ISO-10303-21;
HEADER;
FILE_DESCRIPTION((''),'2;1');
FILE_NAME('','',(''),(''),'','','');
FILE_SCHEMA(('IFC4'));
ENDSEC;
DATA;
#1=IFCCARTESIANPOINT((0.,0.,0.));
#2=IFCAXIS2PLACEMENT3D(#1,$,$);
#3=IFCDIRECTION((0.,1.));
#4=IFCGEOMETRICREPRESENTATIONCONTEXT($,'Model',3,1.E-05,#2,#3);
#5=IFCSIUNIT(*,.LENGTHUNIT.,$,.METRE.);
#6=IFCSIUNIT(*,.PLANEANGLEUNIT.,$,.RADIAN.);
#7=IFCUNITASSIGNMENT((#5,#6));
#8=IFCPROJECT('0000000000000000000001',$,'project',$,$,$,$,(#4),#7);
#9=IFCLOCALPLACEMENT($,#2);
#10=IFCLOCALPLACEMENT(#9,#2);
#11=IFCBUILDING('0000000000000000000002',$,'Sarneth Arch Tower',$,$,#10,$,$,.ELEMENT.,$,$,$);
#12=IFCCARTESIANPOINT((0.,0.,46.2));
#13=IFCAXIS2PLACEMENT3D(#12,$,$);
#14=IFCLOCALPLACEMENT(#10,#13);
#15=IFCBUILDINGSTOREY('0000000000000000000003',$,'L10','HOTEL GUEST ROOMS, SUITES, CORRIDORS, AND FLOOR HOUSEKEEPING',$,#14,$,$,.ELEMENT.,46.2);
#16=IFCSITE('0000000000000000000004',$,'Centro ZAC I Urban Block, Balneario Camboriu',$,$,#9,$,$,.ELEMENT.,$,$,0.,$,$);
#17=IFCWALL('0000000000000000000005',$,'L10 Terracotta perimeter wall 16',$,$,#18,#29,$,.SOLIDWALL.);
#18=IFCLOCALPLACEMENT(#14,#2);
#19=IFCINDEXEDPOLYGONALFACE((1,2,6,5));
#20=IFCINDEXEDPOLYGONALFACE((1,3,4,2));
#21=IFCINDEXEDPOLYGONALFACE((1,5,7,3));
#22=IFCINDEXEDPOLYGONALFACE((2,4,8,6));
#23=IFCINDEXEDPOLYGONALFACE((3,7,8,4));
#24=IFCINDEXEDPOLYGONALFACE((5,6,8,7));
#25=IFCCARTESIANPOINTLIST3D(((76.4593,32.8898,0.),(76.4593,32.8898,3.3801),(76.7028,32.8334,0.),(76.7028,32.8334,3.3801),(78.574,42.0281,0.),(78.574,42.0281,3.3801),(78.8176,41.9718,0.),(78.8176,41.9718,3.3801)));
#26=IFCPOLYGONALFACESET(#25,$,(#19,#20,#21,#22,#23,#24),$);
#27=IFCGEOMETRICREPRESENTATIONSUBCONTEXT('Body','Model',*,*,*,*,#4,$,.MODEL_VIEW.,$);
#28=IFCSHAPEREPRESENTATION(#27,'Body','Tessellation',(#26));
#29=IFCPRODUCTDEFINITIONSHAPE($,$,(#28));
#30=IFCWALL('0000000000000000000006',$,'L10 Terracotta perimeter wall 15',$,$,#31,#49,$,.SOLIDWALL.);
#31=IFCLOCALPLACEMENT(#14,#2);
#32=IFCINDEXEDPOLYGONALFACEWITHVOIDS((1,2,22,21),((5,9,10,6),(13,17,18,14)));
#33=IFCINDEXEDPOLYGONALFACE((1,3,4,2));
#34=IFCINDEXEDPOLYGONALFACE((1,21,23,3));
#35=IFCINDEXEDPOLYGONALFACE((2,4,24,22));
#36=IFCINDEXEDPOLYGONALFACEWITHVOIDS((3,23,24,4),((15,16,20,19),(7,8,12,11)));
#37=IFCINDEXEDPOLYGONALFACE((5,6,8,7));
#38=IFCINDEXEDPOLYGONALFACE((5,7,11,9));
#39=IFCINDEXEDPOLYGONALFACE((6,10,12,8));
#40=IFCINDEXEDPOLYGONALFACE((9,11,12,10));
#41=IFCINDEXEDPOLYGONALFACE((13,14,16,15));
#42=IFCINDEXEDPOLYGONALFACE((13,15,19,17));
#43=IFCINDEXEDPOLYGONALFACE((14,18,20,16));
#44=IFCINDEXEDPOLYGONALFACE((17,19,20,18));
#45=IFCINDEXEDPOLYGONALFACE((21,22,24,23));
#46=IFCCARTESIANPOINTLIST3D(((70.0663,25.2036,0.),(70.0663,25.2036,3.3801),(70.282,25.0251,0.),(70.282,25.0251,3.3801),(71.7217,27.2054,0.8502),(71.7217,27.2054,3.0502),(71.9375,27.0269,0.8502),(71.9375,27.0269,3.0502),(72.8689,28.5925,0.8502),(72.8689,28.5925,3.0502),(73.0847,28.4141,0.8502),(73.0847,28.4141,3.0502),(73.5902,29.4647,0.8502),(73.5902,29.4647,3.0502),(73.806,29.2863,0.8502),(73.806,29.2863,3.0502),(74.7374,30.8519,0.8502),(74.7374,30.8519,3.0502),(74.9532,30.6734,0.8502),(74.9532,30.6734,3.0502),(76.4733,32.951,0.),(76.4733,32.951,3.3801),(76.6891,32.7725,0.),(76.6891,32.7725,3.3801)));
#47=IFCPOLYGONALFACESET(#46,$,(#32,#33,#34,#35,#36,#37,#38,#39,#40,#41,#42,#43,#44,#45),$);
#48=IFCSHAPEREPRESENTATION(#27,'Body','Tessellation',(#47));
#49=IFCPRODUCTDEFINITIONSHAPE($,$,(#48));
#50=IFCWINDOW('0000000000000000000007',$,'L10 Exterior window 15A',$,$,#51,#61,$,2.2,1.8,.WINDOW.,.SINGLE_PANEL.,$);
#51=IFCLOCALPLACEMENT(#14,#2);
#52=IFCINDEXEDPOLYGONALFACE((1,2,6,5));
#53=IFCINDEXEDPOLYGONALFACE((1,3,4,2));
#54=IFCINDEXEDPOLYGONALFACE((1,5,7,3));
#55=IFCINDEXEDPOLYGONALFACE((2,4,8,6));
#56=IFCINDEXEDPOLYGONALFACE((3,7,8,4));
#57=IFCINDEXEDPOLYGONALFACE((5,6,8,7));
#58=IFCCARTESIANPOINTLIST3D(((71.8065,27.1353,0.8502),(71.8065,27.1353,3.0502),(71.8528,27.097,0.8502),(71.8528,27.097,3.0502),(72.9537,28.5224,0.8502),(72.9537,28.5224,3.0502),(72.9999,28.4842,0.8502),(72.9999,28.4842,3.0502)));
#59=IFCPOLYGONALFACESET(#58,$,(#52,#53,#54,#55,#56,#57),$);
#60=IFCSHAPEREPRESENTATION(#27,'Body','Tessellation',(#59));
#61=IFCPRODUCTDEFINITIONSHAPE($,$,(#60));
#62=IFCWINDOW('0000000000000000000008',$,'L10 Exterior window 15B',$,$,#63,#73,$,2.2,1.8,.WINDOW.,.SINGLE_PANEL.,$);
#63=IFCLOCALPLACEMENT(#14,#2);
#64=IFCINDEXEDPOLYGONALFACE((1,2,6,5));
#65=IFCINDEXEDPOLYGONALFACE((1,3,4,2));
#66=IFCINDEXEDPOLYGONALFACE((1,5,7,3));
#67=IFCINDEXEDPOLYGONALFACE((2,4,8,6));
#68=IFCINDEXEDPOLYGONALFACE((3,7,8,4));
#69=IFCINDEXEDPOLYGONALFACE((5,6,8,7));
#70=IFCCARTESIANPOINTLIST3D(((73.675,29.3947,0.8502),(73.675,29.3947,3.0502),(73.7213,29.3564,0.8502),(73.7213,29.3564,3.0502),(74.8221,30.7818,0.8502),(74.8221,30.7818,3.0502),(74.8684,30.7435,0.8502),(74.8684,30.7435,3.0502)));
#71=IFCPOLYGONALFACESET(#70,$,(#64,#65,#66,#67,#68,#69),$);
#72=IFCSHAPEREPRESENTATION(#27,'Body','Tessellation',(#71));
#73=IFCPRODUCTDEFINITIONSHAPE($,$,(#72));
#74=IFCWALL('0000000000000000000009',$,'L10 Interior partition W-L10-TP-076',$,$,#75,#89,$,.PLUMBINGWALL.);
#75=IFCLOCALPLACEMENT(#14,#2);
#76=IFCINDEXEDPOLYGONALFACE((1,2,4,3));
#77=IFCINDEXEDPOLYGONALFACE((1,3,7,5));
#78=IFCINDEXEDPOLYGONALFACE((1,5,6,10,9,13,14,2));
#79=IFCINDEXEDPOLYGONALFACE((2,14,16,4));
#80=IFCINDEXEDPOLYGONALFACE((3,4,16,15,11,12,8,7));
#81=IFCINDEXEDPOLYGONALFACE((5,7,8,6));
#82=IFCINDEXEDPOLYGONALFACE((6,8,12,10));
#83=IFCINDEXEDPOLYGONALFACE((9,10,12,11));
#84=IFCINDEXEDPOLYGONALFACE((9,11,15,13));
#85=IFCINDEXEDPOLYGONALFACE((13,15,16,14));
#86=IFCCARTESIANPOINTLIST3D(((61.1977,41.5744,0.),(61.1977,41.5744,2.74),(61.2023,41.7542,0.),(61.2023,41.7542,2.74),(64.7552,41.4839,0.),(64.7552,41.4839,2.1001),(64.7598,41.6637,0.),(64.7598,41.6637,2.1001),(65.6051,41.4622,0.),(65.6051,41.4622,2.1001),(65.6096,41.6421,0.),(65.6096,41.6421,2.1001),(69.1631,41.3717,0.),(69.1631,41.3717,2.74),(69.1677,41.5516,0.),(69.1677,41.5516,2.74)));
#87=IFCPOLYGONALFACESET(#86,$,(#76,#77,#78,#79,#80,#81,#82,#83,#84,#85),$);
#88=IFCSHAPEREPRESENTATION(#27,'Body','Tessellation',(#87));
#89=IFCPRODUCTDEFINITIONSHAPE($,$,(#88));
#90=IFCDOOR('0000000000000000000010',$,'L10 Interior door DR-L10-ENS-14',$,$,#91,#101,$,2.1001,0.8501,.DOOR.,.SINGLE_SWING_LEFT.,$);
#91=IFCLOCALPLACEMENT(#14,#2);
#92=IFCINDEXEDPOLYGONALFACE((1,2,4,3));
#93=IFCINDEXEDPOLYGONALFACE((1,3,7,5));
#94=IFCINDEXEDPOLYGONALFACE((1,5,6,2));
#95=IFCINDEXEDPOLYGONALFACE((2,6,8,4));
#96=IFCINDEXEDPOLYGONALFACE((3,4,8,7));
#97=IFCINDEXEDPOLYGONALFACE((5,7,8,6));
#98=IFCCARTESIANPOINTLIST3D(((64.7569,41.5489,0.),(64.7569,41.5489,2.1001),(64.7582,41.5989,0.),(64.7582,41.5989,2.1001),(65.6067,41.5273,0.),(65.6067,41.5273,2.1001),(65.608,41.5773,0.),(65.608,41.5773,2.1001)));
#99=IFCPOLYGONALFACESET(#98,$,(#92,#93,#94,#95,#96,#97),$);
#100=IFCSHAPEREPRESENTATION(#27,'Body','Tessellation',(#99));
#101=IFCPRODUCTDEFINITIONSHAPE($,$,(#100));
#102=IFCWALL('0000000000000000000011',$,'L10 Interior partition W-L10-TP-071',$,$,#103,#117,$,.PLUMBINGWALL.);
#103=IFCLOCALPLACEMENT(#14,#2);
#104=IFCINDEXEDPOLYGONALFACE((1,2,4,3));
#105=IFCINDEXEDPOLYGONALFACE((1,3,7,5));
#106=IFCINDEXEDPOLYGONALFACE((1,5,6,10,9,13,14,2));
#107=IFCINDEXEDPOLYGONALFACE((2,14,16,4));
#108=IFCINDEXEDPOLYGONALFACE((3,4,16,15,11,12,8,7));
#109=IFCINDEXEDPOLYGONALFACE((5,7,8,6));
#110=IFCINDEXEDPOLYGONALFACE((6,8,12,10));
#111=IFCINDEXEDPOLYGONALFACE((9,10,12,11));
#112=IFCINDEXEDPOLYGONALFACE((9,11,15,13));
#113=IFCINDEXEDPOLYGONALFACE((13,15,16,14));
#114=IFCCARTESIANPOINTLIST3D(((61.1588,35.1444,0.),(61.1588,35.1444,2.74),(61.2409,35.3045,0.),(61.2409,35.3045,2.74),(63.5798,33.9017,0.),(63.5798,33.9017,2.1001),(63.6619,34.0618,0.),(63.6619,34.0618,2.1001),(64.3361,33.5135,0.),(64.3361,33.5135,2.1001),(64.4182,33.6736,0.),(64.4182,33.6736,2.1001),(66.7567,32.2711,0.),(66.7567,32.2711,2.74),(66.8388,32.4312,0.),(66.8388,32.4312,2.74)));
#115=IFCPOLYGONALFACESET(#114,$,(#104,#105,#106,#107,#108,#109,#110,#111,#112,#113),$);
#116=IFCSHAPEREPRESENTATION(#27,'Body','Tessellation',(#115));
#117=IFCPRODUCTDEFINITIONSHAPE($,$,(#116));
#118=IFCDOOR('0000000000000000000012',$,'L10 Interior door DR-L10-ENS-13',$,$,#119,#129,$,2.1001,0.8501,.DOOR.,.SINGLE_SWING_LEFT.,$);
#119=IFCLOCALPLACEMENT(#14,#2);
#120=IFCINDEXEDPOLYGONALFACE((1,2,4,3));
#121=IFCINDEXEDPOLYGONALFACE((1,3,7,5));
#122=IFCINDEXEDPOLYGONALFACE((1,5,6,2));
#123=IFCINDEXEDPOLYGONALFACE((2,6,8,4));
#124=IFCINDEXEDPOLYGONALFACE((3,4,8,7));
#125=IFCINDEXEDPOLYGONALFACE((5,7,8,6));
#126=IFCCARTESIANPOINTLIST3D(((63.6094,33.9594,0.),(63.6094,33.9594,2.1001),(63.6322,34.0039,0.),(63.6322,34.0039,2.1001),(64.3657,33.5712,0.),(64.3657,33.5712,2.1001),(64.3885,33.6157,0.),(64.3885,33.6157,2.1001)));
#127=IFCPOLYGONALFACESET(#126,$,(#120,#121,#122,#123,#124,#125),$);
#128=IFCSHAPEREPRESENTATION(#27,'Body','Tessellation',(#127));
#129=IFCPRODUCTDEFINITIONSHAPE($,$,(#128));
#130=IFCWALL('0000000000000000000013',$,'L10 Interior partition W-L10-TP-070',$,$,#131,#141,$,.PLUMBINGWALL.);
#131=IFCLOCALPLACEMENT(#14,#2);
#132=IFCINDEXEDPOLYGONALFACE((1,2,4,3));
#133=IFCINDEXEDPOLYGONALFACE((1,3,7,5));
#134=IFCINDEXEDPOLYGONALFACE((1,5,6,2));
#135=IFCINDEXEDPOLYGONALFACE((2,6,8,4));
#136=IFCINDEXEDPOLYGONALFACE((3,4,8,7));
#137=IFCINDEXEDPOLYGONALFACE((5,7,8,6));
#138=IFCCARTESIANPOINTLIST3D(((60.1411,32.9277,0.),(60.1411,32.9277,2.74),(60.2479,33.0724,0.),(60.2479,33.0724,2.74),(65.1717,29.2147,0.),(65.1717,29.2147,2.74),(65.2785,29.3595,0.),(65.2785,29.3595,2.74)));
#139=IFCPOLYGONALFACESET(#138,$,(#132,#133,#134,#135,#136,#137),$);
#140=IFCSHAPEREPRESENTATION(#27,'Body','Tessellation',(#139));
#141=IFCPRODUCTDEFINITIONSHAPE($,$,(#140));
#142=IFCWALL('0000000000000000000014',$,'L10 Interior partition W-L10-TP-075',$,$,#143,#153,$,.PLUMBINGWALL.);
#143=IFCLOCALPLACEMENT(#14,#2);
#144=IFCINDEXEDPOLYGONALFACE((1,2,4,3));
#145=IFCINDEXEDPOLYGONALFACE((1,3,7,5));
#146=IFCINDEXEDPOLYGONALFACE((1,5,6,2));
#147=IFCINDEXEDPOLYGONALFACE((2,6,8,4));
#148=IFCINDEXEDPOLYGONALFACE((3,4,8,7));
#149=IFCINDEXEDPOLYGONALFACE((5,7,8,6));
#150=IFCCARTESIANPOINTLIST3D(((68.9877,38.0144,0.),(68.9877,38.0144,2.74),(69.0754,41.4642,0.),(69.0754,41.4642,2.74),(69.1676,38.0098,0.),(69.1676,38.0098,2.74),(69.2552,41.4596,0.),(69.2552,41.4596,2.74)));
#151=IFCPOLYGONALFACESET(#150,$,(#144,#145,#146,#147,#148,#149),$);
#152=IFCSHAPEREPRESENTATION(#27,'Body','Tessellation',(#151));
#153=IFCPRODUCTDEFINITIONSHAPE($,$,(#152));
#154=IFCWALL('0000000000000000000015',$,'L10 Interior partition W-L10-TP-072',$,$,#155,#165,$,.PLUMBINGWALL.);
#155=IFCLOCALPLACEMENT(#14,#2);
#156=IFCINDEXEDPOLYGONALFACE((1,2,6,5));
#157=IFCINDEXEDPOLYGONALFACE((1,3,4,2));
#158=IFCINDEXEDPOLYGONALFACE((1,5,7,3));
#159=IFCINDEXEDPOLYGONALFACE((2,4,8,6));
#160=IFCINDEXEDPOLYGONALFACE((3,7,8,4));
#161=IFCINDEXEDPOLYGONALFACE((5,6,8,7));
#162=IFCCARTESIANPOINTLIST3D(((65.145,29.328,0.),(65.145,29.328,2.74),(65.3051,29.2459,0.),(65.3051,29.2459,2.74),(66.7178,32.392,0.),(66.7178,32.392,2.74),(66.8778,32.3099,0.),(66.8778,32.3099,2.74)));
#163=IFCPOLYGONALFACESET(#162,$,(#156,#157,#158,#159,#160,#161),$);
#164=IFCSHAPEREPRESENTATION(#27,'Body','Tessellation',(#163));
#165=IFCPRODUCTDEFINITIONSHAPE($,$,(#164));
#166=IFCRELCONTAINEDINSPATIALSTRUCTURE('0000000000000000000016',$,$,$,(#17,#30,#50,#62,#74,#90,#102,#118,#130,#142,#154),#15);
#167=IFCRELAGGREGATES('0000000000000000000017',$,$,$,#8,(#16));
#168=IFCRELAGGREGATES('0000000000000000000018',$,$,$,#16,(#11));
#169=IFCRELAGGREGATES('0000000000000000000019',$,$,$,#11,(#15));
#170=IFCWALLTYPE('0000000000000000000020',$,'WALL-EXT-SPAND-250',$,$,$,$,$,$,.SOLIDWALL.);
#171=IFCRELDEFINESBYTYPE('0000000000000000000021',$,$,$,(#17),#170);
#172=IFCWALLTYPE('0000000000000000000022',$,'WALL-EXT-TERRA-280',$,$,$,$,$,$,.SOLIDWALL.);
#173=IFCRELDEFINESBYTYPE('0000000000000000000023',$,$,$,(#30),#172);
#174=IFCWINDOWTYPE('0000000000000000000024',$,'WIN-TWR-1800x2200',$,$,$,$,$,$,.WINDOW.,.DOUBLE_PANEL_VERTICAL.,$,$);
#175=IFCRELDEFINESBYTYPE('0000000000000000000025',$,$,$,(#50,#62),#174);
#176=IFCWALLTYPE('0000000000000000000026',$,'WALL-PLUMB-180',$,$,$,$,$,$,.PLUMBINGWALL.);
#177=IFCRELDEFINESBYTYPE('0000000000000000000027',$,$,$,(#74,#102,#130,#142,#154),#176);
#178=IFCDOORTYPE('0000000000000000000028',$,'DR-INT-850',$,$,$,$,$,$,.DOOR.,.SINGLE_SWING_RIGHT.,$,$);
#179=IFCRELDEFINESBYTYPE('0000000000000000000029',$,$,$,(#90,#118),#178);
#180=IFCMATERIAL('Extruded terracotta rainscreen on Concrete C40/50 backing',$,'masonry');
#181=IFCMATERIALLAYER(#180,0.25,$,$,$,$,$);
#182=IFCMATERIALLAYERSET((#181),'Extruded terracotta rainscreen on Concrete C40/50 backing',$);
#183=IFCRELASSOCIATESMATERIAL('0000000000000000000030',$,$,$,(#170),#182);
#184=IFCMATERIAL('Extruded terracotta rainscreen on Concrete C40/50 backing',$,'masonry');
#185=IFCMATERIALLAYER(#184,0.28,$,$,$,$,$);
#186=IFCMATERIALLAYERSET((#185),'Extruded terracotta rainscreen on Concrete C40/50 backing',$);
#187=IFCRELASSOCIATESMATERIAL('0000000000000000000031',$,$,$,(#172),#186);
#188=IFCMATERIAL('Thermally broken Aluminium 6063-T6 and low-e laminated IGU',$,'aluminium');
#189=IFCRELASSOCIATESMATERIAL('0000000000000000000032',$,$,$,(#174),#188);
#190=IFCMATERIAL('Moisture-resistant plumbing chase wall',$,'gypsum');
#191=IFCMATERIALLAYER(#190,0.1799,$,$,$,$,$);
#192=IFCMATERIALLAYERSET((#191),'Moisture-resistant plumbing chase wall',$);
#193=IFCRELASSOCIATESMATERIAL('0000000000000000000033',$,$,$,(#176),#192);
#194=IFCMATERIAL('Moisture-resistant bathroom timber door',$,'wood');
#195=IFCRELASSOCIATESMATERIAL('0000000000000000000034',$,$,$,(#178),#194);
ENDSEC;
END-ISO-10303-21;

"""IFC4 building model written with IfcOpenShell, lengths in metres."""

from ifc_helpers import new_model, si_unit, direction, frame, frame_2d, origin, place, context, subcontext, project, spatial, rectangle, extrude, material, layer, layer_set, type_object, element, fill, save


model = new_model("IFC4")

# Units and contexts
model_context = context("Model", 3, precision=1e-05, world=origin(), true_north=direction((0.0, 1.0)))
body_context = subcontext(model_context, "Body", "Model", "MODEL_VIEW")
ifc_project = project(units=[si_unit("LENGTHUNIT", "METRE"), si_unit("PLANEANGLEUNIT", "RADIAN")], contexts=[model_context])

# Site, building, storey
site_placement = place(None, origin())
site = spatial("IfcSite", under=ifc_project, at=site_placement, Name="Centro ZAC I Urban Block, Balneario Camboriu", CompositionType="ELEMENT", RefElevation=0.0)
building_placement = place(site_placement, origin())
building = spatial("IfcBuilding", under=site, at=building_placement, Name="Sarneth Arch Tower", CompositionType="ELEMENT")
storey_placement = place(building_placement, frame((0.0, 0.0, 46.2)))
storey = spatial("IfcBuildingStorey", under=building, at=storey_placement, Name="L10", Description="HOTEL GUEST ROOMS, SUITES, CORRIDORS, AND FLOOR HOUSEKEEPING", CompositionType="ELEMENT", Elevation=46.2)

# Wall
ifc_material_1 = material(Name="Extruded terracotta rainscreen on Concrete C40/50 backing", Category="masonry")
ifc_layer_1 = layer(ifc_material_1, 0.25)
ifc_layer_set_1 = layer_set([ifc_layer_1], Name="Extruded terracotta rainscreen on Concrete C40/50 backing")
wall_type_1 = type_object("IfcWallType", Name="WALL-EXT-SPAND-250", PredefinedType="SOLIDWALL", material=ifc_layer_set_1)
wall_1_placement = place(storey_placement, frame((76.5811, 32.8616, 0.0), z_axis=(0.0, 0.0, 1.0), x_axis=(0.225454, 0.974254, 0.0)))
element("IfcWall", 1, at=wall_1_placement, inside=storey, type_object=wall_type_1, Name="L10 Terracotta perimeter wall 16", PredefinedType="SOLIDWALL", context=body_context, shape_type="SweptSolid", body=[
    extrude(rectangle(XDim=9.3799, YDim=0.25, at=frame_2d((4.6899, 0.0))), origin(), (0.0, 0.0, 1.0), 3.3801),
])

# Wall, openings, windows
ifc_material_2 = material(Name="Extruded terracotta rainscreen on Concrete C40/50 backing", Category="masonry")
ifc_layer_2 = layer(ifc_material_2, 0.28)
ifc_layer_set_2 = layer_set([ifc_layer_2], Name="Extruded terracotta rainscreen on Concrete C40/50 backing")
wall_type_2 = type_object("IfcWallType", Name="WALL-EXT-TERRA-280", PredefinedType="SOLIDWALL", material=ifc_layer_set_2)
wall_2_placement = place(storey_placement, frame((70.1741, 25.1143, 0.0), z_axis=(0.0, 0.0, 1.0), x_axis=(0.637297, 0.770618, 0.0)))
wall_2 = element("IfcWall", 2, at=wall_2_placement, inside=storey, type_object=wall_type_2, Name="L10 Terracotta perimeter wall 15", PredefinedType="SOLIDWALL", context=body_context, shape_type="SweptSolid", body=[
    extrude(rectangle(XDim=10.0535, YDim=0.28, at=frame_2d((5.0269, 0.0))), origin(), (0.0, 0.0, 1.0), 3.3801),
])
opening_1_placement = place(wall_2_placement, frame((2.5979, 0.0, 0.8501)))
opening_1 = element("IfcOpeningElement", 3, at=opening_1_placement, cuts=wall_2, PredefinedType="OPENING", context=body_context, shape_type="SweptSolid", body=[
    extrude(rectangle(XDim=1.8, YDim=2.2, at=frame_2d((0.8999, 1.1001))), frame((0.0, 0.1499, 0.0), z_axis=(0.0, -1.0, 0.0), x_axis=(1.0, 0.0, 0.0)), (0.0, 0.0, 1.0), 0.3),
])
opening_2_placement = place(wall_2_placement, frame((5.5298, 0.0, 0.8501)))
opening_2 = element("IfcOpeningElement", 4, at=opening_2_placement, cuts=wall_2, PredefinedType="OPENING", context=body_context, shape_type="SweptSolid", body=[
    extrude(rectangle(XDim=1.8, YDim=2.2, at=frame_2d((0.8999, 1.1001))), frame((0.0, 0.1499, 0.0), z_axis=(0.0, -1.0, 0.0), x_axis=(1.0, 0.0, 0.0)), (0.0, 0.0, 1.0), 0.3),
])
ifc_material_3 = material(Name="Thermally broken Aluminium 6063-T6 and low-e laminated IGU", Category="aluminium")
window_type = type_object("IfcWindowType", Name="WIN-TWR-1800x2200", PartitioningType="DOUBLE_PANEL_VERTICAL", PredefinedType="WINDOW", material=ifc_material_3)
window_1_placement = place(opening_1_placement, origin())
window_1 = element("IfcWindow", 5, at=window_1_placement, inside=storey, type_object=window_type, Name="L10 Exterior window 15A", OverallHeight=2.2, OverallWidth=1.8, PartitioningType="SINGLE_PANEL", PredefinedType="WINDOW", context=body_context, shape_type="SweptSolid", body=[
    extrude(rectangle(XDim=1.8, YDim=2.2, at=frame_2d((0.8999, 1.1001))), frame((0.0, 0.03, 0.0), z_axis=(0.0, -1.0, 0.0), x_axis=(1.0, 0.0, 0.0)), (0.0, 0.0, 1.0), 0.0601),
])
fill(opening_1, window_1)
window_2_placement = place(opening_2_placement, origin())
window_2 = element("IfcWindow", 6, at=window_2_placement, inside=storey, type_object=window_type, Name="L10 Exterior window 15B", OverallHeight=2.2, OverallWidth=1.8, PartitioningType="SINGLE_PANEL", PredefinedType="WINDOW", context=body_context, shape_type="SweptSolid", body=[
    extrude(rectangle(XDim=1.8, YDim=2.2, at=frame_2d((0.8999, 1.1001))), frame((0.0, 0.03, 0.0), z_axis=(0.0, -1.0, 0.0), x_axis=(1.0, 0.0, 0.0)), (0.0, 0.0, 1.0), 0.0601),
])
fill(opening_2, window_2)

# Walls, openings, doors
ifc_material_4 = material(Name="Moisture-resistant plumbing chase wall", Category="gypsum")
ifc_layer_3 = layer(ifc_material_4, 0.1799)
ifc_layer_set_3 = layer_set([ifc_layer_3], Name="Moisture-resistant plumbing chase wall")
wall_type_3 = type_object("IfcWallType", Name="WALL-PLUMB-180", PredefinedType="PLUMBINGWALL", material=ifc_layer_set_3)
wall_3_placement = place(storey_placement, frame((69.1653, 41.4617, 0.0), z_axis=(0.0, 0.0, 1.0), x_axis=(-0.999677, 0.025432, 0.0)))
wall_3 = element("IfcWall", 7, at=wall_3_placement, inside=storey, type_object=wall_type_3, Name="L10 Interior partition W-L10-TP-076", PredefinedType="PLUMBINGWALL", context=body_context, shape_type="SweptSolid", body=[
    extrude(rectangle(XDim=7.968, YDim=0.1799, at=frame_2d((3.9839, 0.0))), origin(), (0.0, 0.0, 1.0), 2.74),
])
opening_3_placement = place(wall_3_placement, frame((3.5591, 0.0, 0.0)))
opening_3 = element("IfcOpeningElement", 8, at=opening_3_placement, cuts=wall_3, PredefinedType="OPENING", context=body_context, shape_type="SweptSolid", body=[
    extrude(rectangle(XDim=0.8501, YDim=2.1001, at=frame_2d((0.425, 1.05))), frame((0.0, 0.0999, 0.0), z_axis=(0.0, -1.0, 0.0), x_axis=(1.0, 0.0, 0.0)), (0.0, 0.0, 1.0), 0.2),
])
ifc_material_5 = material(Name="Moisture-resistant bathroom timber door", Category="wood")
door_type_1 = type_object("IfcDoorType", Name="DR-INT-850", OperationType="SINGLE_SWING_RIGHT", PredefinedType="DOOR", material=ifc_material_5)
door_1_placement = place(opening_3_placement, origin())
door_1 = element("IfcDoor", 9, at=door_1_placement, inside=storey, type_object=door_type_1, Name="L10 Interior door DR-L10-ENS-14", OperationType="SINGLE_SWING_LEFT", OverallHeight=2.1001, OverallWidth=0.8501, PredefinedType="DOOR", context=body_context, shape_type="SweptSolid", body=[
    extrude(rectangle(XDim=0.8501, YDim=2.1001, at=frame_2d((0.425, 1.05))), frame((0.0, 0.0249, 0.0), z_axis=(0.0, -1.0, 0.0), x_axis=(1.0, 0.0, 0.0)), (0.0, 0.0, 1.0), 0.05),
])
fill(opening_3, door_1)
wall_4_placement = place(storey_placement, frame((61.2, 35.2244, 0.0), z_axis=(0.0, 0.0, 1.0), x_axis=(0.889651, -0.45664, 0.0)))
wall_4 = element("IfcWall", 10, at=wall_4_placement, inside=storey, type_object=wall_type_3, Name="L10 Interior partition W-L10-TP-071", PredefinedType="PLUMBINGWALL", context=body_context, shape_type="SweptSolid", body=[
    extrude(rectangle(XDim=6.2922, YDim=0.1799, at=frame_2d((3.146, 0.0))), origin(), (0.0, 0.0, 1.0), 2.74),
])
opening_4_placement = place(wall_4_placement, frame((2.7212, 0.0, 0.0)))
opening_4 = element("IfcOpeningElement", 11, at=opening_4_placement, cuts=wall_4, PredefinedType="OPENING", context=body_context, shape_type="SweptSolid", body=[
    extrude(rectangle(XDim=0.8501, YDim=2.1001, at=frame_2d((0.425, 1.05))), frame((0.0, 0.0999, 0.0), z_axis=(0.0, -1.0, 0.0), x_axis=(1.0, 0.0, 0.0)), (0.0, 0.0, 1.0), 0.2),
])
door_2_placement = place(opening_4_placement, origin())
door_2 = element("IfcDoor", 12, at=door_2_placement, inside=storey, type_object=door_type_1, Name="L10 Interior door DR-L10-ENS-13", OperationType="SINGLE_SWING_LEFT", OverallHeight=2.1001, OverallWidth=0.8501, PredefinedType="DOOR", context=body_context, shape_type="SweptSolid", body=[
    extrude(rectangle(XDim=0.8501, YDim=2.1001, at=frame_2d((0.425, 1.05))), frame((0.0, 0.0249, 0.0), z_axis=(0.0, -1.0, 0.0), x_axis=(1.0, 0.0, 0.0)), (0.0, 0.0, 1.0), 0.05),
])
fill(opening_4, door_2)

# Walls
wall_5_placement = place(storey_placement, frame((65.2251, 29.2871, 0.0), z_axis=(0.0, 0.0, 1.0), x_axis=(-0.804583, 0.593841, 0.0)))
element("IfcWall", 13, at=wall_5_placement, inside=storey, type_object=wall_type_3, Name="L10 Interior partition W-L10-TP-070", PredefinedType="PLUMBINGWALL", context=body_context, shape_type="SweptSolid", body=[
    extrude(rectangle(XDim=6.2524, YDim=0.1799, at=frame_2d((3.1262, 0.0))), origin(), (0.0, 0.0, 1.0), 2.74),
])
wall_6_placement = place(storey_placement, frame((69.0776, 38.012, 0.0), z_axis=(0.0, 0.0, 1.0), x_axis=(0.025399, 0.999677, 0.0)))
element("IfcWall", 14, at=wall_6_placement, inside=storey, type_object=wall_type_3, Name="L10 Interior partition W-L10-TP-075", PredefinedType="PLUMBINGWALL", context=body_context, shape_type="SweptSolid", body=[
    extrude(rectangle(XDim=3.4509, YDim=0.1799, at=frame_2d((1.7256, 0.0))), origin(), (0.0, 0.0, 1.0), 2.74),
])
wall_7_placement = place(storey_placement, frame((66.7979, 32.3511, 0.0), z_axis=(0.0, 0.0, 1.0), x_axis=(-0.456659, -0.889642, 0.0)))
element("IfcWall", 15, at=wall_7_placement, inside=storey, type_object=wall_type_3, Name="L10 Interior partition W-L10-TP-072", PredefinedType="PLUMBINGWALL", context=body_context, shape_type="SweptSolid", body=[
    extrude(rectangle(XDim=3.4441, YDim=0.1799, at=frame_2d((1.7222, 0.0))), origin(), (0.0, 0.0, 1.0), 2.74),
])

save(model, "model.ifc")
